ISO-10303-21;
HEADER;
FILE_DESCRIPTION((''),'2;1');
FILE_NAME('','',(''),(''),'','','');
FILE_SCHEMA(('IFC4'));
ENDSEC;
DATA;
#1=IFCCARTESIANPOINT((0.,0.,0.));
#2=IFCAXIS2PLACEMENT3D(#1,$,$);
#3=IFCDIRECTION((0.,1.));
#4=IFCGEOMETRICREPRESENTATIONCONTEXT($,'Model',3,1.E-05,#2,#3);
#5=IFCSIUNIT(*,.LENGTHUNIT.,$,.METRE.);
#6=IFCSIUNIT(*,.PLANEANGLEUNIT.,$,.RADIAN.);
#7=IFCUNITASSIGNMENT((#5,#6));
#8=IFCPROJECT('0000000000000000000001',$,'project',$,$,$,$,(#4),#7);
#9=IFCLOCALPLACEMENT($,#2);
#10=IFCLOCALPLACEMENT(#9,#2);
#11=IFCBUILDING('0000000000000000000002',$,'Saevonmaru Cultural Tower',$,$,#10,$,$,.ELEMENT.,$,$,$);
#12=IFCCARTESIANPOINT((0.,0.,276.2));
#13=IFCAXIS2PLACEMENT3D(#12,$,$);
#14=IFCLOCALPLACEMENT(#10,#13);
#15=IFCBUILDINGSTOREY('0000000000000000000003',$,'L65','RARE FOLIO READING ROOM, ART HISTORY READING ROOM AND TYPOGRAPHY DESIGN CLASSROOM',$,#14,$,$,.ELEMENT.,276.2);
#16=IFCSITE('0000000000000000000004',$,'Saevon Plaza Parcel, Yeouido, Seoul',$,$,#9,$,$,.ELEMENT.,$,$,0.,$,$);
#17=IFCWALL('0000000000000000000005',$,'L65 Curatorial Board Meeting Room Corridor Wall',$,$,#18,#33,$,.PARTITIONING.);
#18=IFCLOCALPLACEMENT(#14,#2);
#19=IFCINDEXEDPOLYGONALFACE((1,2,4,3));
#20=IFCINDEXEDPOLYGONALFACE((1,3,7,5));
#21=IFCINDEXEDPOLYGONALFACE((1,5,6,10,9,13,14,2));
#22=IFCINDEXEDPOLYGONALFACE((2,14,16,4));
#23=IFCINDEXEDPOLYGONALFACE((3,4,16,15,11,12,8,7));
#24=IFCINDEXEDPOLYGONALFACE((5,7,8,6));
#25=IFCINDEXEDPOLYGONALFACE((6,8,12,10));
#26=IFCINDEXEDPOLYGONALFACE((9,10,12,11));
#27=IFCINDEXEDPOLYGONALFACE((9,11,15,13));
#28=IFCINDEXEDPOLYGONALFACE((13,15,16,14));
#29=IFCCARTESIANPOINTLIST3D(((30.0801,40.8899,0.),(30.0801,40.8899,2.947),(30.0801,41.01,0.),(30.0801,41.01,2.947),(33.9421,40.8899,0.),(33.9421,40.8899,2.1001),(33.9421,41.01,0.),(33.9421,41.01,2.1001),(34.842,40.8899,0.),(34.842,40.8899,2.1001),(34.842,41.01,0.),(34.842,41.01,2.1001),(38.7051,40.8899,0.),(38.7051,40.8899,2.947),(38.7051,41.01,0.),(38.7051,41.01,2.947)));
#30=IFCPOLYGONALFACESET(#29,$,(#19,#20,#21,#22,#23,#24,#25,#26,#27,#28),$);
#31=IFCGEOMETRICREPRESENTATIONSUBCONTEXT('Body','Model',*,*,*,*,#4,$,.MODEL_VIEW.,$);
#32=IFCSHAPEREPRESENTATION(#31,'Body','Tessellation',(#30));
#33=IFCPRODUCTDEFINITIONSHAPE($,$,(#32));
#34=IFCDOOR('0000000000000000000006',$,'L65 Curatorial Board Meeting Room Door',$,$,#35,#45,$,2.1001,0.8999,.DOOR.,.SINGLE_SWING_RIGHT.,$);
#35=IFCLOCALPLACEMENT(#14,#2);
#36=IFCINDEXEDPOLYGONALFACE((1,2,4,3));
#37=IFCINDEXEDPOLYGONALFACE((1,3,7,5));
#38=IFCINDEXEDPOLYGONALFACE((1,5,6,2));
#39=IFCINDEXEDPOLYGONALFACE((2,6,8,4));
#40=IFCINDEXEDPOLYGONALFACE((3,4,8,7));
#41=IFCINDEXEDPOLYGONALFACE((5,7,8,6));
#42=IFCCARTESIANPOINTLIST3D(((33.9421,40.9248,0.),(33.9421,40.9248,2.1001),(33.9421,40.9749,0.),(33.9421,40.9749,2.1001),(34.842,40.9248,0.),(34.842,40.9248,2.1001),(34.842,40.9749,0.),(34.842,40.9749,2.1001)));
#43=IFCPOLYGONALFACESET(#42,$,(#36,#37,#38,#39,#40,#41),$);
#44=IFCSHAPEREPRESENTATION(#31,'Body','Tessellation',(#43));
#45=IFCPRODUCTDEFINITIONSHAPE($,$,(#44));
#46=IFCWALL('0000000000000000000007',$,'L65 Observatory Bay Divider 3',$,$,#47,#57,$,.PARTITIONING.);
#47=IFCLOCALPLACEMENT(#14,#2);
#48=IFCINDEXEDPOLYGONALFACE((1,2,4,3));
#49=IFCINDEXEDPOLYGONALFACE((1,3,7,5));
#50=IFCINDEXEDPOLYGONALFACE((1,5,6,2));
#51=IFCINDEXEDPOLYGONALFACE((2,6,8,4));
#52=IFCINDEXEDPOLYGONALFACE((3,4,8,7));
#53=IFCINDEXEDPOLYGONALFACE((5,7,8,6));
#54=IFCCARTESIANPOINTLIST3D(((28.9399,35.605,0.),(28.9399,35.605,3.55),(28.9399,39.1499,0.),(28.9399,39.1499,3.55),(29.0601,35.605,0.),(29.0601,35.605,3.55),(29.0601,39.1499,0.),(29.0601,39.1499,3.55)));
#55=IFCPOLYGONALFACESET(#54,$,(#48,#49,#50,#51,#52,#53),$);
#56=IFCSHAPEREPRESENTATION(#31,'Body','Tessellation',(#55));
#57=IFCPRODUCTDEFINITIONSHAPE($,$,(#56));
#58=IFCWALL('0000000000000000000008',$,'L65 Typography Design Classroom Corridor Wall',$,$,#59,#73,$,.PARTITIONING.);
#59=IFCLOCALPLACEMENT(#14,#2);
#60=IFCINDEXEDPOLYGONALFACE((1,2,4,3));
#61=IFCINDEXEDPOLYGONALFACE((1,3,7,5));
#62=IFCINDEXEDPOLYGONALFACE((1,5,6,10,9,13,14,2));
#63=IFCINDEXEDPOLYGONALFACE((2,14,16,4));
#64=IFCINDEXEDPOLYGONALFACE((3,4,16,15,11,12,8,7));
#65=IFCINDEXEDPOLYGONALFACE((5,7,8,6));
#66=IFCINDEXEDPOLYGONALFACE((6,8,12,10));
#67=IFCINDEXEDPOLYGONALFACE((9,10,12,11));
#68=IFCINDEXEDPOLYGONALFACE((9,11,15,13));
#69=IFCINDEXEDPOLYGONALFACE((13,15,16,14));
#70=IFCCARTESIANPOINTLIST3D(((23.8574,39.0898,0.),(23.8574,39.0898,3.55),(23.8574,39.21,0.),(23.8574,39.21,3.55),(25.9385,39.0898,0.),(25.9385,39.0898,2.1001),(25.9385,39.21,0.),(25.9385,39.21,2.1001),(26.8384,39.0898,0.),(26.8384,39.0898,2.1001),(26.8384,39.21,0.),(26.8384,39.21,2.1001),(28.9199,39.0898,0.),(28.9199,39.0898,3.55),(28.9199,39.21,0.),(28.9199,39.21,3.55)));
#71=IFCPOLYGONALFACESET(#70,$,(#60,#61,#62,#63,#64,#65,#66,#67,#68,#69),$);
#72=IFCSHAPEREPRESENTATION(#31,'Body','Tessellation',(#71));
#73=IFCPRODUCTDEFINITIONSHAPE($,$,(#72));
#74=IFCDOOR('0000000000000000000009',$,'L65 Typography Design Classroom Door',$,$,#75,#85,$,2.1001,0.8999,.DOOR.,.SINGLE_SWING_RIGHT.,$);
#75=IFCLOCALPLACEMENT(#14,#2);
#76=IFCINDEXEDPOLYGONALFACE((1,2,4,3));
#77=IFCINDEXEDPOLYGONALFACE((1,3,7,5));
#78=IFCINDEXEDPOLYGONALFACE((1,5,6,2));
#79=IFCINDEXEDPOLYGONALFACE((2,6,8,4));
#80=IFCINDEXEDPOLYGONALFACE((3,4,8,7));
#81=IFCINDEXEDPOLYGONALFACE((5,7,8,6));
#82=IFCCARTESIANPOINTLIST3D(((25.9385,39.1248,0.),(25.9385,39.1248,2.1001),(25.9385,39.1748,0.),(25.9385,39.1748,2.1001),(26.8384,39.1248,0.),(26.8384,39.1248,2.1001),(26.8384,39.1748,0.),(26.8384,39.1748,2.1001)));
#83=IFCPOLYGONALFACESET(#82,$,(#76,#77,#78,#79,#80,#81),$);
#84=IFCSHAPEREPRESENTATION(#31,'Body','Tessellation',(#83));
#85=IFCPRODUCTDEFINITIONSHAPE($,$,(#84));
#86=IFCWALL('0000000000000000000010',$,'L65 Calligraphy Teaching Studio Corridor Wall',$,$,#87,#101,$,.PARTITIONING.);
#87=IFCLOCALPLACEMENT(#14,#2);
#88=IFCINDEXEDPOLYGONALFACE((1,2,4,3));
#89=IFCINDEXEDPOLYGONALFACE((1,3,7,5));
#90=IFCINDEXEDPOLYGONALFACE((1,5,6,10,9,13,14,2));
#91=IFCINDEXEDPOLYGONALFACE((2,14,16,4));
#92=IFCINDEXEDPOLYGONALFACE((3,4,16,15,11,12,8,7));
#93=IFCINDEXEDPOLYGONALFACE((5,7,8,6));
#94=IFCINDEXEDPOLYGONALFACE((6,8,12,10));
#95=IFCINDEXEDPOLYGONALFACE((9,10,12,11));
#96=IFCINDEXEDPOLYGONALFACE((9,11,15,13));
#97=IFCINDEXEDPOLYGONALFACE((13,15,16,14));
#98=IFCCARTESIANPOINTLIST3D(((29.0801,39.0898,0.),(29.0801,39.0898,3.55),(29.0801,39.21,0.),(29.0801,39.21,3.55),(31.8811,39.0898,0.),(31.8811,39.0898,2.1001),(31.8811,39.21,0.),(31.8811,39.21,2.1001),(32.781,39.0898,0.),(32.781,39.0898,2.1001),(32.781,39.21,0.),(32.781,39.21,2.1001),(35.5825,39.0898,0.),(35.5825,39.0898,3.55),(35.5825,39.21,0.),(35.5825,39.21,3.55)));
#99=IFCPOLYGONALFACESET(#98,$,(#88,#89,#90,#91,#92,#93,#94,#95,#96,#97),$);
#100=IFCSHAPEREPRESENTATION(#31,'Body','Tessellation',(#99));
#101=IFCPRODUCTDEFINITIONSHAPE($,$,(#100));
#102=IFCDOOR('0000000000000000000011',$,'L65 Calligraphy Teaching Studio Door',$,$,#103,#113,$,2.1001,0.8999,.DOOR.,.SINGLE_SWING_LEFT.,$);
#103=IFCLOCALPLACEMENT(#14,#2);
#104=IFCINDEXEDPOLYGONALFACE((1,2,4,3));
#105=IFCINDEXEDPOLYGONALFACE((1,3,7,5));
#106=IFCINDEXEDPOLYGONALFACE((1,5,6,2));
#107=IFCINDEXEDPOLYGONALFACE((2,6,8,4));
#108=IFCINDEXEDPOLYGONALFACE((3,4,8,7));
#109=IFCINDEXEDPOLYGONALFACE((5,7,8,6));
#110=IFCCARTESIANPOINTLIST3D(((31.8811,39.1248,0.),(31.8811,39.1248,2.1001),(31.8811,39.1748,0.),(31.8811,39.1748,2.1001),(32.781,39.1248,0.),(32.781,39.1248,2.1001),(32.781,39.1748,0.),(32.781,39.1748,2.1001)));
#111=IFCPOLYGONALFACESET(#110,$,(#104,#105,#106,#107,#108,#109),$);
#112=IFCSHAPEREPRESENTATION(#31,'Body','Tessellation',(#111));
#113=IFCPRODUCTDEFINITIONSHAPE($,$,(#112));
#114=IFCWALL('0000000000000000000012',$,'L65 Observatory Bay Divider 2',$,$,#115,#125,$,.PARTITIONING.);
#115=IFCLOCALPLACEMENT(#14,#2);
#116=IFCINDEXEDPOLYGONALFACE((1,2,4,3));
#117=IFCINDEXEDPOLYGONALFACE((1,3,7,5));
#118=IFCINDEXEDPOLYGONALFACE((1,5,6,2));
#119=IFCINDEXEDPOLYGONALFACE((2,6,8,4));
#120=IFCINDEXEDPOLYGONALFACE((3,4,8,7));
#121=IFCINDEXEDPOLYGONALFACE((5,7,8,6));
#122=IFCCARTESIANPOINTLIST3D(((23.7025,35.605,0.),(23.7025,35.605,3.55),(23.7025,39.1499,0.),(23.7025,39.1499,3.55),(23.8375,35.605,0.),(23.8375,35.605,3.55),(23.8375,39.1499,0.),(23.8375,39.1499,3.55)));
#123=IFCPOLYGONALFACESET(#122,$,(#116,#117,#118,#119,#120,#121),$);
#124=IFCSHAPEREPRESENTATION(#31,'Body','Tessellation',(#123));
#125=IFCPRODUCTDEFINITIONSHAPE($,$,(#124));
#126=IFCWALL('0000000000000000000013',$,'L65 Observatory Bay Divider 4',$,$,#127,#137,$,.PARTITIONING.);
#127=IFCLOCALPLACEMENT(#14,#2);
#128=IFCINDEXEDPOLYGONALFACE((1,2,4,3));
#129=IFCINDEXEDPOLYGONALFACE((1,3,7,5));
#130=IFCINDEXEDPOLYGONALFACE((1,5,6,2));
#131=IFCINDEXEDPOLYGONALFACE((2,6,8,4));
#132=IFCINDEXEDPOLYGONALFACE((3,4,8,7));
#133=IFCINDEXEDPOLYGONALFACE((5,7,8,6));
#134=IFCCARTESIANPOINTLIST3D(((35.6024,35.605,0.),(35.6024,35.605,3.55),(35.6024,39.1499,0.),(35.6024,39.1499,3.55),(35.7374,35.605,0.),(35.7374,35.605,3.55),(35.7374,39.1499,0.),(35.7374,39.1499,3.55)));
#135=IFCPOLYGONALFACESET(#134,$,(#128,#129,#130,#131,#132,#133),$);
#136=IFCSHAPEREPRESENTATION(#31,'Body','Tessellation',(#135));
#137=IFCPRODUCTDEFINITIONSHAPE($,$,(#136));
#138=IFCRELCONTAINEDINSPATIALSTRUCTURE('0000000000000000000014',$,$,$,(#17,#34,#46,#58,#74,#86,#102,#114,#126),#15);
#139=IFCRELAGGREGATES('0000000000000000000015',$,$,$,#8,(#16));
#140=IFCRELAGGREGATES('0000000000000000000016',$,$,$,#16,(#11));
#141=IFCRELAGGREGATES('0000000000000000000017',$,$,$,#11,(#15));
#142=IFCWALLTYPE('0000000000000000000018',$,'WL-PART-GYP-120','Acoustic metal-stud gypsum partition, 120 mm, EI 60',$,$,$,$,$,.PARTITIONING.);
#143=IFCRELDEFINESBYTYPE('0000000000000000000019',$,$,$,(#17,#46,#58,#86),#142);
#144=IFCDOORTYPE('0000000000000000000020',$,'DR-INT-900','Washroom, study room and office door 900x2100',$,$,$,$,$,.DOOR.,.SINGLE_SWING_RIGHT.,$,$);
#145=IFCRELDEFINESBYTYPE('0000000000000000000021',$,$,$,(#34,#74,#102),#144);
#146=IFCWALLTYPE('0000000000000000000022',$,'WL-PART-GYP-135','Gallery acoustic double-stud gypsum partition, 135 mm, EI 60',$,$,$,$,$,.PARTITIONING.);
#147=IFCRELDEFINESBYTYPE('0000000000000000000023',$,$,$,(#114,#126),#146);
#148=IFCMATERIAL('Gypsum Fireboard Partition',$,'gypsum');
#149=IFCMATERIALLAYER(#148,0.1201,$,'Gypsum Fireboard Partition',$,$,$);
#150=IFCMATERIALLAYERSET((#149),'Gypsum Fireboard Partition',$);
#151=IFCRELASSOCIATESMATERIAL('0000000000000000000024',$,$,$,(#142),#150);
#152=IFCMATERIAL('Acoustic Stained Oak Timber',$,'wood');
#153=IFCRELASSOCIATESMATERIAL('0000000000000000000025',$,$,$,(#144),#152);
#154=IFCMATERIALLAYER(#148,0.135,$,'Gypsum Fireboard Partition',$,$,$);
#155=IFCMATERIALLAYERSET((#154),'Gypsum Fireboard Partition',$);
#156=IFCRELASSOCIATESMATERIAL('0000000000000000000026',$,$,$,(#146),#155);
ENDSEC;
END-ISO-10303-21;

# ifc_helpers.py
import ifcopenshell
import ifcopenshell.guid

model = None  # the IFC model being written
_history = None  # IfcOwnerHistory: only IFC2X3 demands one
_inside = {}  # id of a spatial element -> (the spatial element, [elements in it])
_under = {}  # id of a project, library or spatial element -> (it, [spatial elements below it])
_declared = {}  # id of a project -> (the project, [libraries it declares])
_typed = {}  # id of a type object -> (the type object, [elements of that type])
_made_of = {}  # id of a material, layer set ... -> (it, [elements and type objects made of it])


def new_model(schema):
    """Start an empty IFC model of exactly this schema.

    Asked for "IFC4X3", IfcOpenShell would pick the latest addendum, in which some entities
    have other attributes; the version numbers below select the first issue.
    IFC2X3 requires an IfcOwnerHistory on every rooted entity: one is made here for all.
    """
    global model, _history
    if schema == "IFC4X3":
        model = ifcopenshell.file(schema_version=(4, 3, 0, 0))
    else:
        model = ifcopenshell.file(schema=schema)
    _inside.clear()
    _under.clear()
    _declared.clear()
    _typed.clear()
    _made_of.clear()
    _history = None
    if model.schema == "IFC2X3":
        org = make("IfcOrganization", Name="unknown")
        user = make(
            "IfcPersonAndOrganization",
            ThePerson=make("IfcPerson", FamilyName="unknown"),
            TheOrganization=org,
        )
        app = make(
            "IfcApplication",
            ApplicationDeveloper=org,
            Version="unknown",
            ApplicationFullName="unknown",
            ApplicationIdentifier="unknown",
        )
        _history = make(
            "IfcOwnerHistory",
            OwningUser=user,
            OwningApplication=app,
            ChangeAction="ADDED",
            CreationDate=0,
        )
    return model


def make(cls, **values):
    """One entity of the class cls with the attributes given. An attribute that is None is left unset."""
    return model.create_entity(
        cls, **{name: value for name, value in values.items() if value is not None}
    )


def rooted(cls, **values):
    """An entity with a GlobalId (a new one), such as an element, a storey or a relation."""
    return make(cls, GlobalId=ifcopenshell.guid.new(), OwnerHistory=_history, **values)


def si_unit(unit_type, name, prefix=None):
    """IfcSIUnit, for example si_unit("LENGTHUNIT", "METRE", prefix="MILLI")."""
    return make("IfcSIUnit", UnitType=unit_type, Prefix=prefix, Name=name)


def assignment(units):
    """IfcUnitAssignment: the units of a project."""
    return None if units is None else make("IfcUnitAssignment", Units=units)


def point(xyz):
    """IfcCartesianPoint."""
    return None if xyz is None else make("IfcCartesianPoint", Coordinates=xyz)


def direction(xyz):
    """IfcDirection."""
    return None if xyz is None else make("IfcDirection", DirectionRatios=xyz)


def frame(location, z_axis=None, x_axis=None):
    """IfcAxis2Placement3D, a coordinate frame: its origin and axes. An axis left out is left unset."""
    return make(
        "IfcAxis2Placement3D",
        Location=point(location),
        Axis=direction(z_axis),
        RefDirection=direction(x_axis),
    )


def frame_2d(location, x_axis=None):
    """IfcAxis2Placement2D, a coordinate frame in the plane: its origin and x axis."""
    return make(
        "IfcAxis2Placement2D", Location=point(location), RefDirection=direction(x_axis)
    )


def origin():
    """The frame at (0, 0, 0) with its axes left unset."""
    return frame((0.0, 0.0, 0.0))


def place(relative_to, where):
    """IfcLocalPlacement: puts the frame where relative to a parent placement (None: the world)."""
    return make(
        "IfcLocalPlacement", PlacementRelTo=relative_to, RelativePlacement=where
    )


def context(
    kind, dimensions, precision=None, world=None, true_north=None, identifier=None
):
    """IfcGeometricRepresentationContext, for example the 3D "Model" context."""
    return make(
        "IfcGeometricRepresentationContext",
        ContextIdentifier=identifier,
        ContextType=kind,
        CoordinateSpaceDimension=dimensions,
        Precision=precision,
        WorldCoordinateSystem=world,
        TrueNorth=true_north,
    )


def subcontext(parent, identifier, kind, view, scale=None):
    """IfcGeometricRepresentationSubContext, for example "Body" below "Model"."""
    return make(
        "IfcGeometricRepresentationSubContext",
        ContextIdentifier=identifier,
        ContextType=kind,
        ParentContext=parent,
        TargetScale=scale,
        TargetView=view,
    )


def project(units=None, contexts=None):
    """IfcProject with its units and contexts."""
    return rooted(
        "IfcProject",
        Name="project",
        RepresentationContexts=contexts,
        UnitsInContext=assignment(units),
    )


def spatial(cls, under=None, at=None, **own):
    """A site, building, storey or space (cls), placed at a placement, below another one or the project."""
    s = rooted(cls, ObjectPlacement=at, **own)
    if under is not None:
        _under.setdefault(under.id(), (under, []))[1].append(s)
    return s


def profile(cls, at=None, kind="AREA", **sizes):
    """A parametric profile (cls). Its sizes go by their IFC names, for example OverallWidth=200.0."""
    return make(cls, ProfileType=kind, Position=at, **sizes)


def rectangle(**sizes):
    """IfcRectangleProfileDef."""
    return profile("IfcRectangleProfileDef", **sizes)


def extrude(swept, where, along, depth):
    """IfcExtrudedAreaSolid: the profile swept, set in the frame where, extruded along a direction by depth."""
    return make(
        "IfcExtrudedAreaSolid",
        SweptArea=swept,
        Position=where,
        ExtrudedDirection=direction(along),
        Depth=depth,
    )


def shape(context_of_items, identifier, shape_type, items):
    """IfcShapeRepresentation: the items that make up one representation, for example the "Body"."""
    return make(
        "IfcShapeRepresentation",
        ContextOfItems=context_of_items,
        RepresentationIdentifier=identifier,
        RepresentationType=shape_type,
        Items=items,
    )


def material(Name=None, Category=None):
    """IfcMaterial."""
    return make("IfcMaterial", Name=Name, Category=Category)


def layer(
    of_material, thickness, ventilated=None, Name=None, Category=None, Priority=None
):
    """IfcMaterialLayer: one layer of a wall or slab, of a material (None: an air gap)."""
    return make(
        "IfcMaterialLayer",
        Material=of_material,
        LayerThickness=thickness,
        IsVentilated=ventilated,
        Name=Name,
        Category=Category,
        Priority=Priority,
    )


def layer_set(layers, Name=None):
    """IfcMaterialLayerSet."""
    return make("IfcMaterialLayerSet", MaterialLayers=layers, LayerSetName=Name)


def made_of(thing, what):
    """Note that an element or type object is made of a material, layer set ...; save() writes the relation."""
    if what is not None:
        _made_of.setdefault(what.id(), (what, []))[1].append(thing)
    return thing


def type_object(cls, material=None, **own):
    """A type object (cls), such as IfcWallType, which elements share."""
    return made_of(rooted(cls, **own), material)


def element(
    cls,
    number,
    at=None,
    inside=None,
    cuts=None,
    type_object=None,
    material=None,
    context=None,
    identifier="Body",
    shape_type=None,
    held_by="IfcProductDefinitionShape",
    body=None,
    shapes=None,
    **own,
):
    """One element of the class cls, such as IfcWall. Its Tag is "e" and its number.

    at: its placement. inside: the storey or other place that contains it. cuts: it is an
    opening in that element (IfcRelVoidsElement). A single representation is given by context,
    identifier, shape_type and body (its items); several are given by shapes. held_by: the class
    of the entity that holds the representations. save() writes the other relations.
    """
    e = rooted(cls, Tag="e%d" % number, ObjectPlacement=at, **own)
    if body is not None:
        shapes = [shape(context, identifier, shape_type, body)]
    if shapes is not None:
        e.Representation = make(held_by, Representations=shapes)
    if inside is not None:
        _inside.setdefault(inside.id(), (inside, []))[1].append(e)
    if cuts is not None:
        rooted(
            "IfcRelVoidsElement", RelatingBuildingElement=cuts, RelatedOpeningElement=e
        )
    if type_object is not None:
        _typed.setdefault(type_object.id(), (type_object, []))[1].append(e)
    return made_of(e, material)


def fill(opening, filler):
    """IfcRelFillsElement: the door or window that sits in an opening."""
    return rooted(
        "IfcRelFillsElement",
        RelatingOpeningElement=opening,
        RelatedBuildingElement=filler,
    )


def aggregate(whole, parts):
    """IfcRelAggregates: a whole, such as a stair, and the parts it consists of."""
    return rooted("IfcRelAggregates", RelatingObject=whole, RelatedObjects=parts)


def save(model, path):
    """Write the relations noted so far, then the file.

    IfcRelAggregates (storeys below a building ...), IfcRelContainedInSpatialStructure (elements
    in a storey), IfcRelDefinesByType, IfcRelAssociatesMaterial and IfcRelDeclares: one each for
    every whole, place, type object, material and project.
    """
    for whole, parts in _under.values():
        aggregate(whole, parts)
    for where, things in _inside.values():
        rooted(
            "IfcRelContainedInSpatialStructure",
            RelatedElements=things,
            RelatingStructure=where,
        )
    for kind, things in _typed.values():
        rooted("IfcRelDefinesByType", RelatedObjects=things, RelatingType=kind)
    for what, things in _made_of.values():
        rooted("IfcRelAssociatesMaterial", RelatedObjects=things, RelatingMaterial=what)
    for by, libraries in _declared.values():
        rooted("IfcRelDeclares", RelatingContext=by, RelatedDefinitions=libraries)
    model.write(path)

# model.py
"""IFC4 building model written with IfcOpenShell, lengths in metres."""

from ifc_helpers import new_model, si_unit, direction, frame, frame_2d, origin, place, context, subcontext, project, spatial, rectangle, extrude, material, layer, layer_set, type_object, element, fill, save


model = new_model("IFC4")

# Units and contexts
model_context = context("Model", 3, precision=1e-05, world=origin(), true_north=direction((0.0, 1.0)))
body_context = subcontext(model_context, "Body", "Model", "MODEL_VIEW")
ifc_project = project(units=[si_unit("LENGTHUNIT", "METRE"), si_unit("PLANEANGLEUNIT", "RADIAN")], contexts=[model_context])

# Site, building, storey
site_placement = place(None, origin())
site = spatial("IfcSite", under=ifc_project, at=site_placement, Name="Saevon Plaza Parcel, Yeouido, Seoul", CompositionType="ELEMENT", RefElevation=0.0)
building_placement = place(site_placement, origin())
building = spatial("IfcBuilding", under=site, at=building_placement, Name="Saevonmaru Cultural Tower", CompositionType="ELEMENT")
storey_placement = place(building_placement, frame((0.0, 0.0, 276.2)))
storey = spatial("IfcBuildingStorey", under=building, at=storey_placement, Name="L65", Description="RARE FOLIO READING ROOM, ART HISTORY READING ROOM AND TYPOGRAPHY DESIGN CLASSROOM", CompositionType="ELEMENT", Elevation=276.2)

# Shared definitions
ifc_material_1 = material(Name="Gypsum Fireboard Partition", Category="gypsum")
ifc_layer_1 = layer(ifc_material_1, 0.1201, Name="Gypsum Fireboard Partition")
ifc_layer_set_1 = layer_set([ifc_layer_1], Name="Gypsum Fireboard Partition")
wall_type_1 = type_object("IfcWallType", Name="WL-PART-GYP-120", Description="Acoustic metal-stud gypsum partition, 120 mm, EI 60", PredefinedType="PARTITIONING", material=ifc_layer_set_1)

# Wall, opening, door
wall_1_placement = place(storey_placement, frame((30.0801, 40.95, 0.0), z_axis=(0.0, 0.0, 1.0), x_axis=(1.0, 0.0, 0.0)))
wall_1 = element("IfcWall", 1, at=wall_1_placement, inside=storey, type_object=wall_type_1, Name="L65 Curatorial Board Meeting Room Corridor Wall", PredefinedType="PARTITIONING", context=body_context, shape_type="SweptSolid", body=[
    extrude(rectangle(XDim=8.625, YDim=0.1201, at=frame_2d((4.3125, 0.0))), origin(), (0.0, 0.0, 1.0), 2.947),
])
opening_1_placement = place(wall_1_placement, frame((3.8621, 0.0, 0.0)))
opening_1 = element("IfcOpeningElement", 2, at=opening_1_placement, cuts=wall_1, PredefinedType="OPENING", context=body_context, shape_type="SweptSolid", body=[
    extrude(rectangle(XDim=0.8999, YDim=2.1001, at=frame_2d((0.45, 1.05))), frame((0.0, 0.0701, 0.0), z_axis=(0.0, -1.0, 0.0), x_axis=(1.0, 0.0, 0.0)), (0.0, 0.0, 1.0), 0.1401),
])
ifc_material_2 = material(Name="Acoustic Stained Oak Timber", Category="wood")
door_type_1 = type_object("IfcDoorType", Name="DR-INT-900", Description="Washroom, study room and office door 900x2100", OperationType="SINGLE_SWING_RIGHT", PredefinedType="DOOR", material=ifc_material_2)
door_1_placement = place(opening_1_placement, origin())
door_1 = element("IfcDoor", 3, at=door_1_placement, inside=storey, type_object=door_type_1, Name="L65 Curatorial Board Meeting Room Door", OperationType="SINGLE_SWING_RIGHT", OverallHeight=2.1001, OverallWidth=0.8999, PredefinedType="DOOR", context=body_context, shape_type="SweptSolid", body=[
    extrude(rectangle(XDim=0.8999, YDim=2.1001, at=frame_2d((0.45, 1.05))), frame((0.0, 0.0249, 0.0), z_axis=(0.0, -1.0, 0.0), x_axis=(1.0, 0.0, 0.0)), (0.0, 0.0, 1.0), 0.05),
])
fill(opening_1, door_1)

# Wall
wall_2_placement = place(storey_placement, frame((29.0, 35.605, 0.0), z_axis=(0.0, 0.0, 1.0), x_axis=(0.0, 1.0, 0.0)))
element("IfcWall", 4, at=wall_2_placement, inside=storey, type_object=wall_type_1, Name="L65 Observatory Bay Divider 3", PredefinedType="PARTITIONING", context=body_context, shape_type="SweptSolid", body=[
    extrude(rectangle(XDim=3.5449, YDim=0.1201, at=frame_2d((1.7725, 0.0))), origin(), (0.0, 0.0, 1.0), 3.55),
])

# Walls, openings, doors
wall_3_placement = place(storey_placement, frame((23.8574, 39.1499, 0.0), z_axis=(0.0, 0.0, 1.0), x_axis=(1.0, 0.0, 0.0)))
wall_3 = element("IfcWall", 5, at=wall_3_placement, inside=storey, type_object=wall_type_1, Name="L65 Typography Design Classroom Corridor Wall", PredefinedType="PARTITIONING", context=body_context, shape_type="SweptSolid", body=[
    extrude(rectangle(XDim=5.0625, YDim=0.1201, at=frame_2d((2.5312, 0.0))), origin(), (0.0, 0.0, 1.0), 3.55),
])
opening_2_placement = place(wall_3_placement, frame((2.0811, 0.0, 0.0)))
opening_2 = element("IfcOpeningElement", 6, at=opening_2_placement, cuts=wall_3, PredefinedType="OPENING", context=body_context, shape_type="SweptSolid", body=[
    extrude(rectangle(XDim=0.8999, YDim=2.1001, at=frame_2d((0.45, 1.05))), frame((0.0, 0.0701, 0.0), z_axis=(0.0, -1.0, 0.0), x_axis=(1.0, 0.0, 0.0)), (0.0, 0.0, 1.0), 0.1401),
])
door_2_placement = place(opening_2_placement, origin())
door_2 = element("IfcDoor", 7, at=door_2_placement, inside=storey, type_object=door_type_1, Name="L65 Typography Design Classroom Door", OperationType="SINGLE_SWING_RIGHT", OverallHeight=2.1001, OverallWidth=0.8999, PredefinedType="DOOR", context=body_context, shape_type="SweptSolid", body=[
    extrude(rectangle(XDim=0.8999, YDim=2.1001, at=frame_2d((0.45, 1.05))), frame((0.0, 0.0249, 0.0), z_axis=(0.0, -1.0, 0.0), x_axis=(1.0, 0.0, 0.0)), (0.0, 0.0, 1.0), 0.05),
])
fill(opening_2, door_2)
wall_4_placement = place(storey_placement, frame((29.0801, 39.1499, 0.0), z_axis=(0.0, 0.0, 1.0), x_axis=(1.0, 0.0, 0.0)))
wall_4 = element("IfcWall", 8, at=wall_4_placement, inside=storey, type_object=wall_type_1, Name="L65 Calligraphy Teaching Studio Corridor Wall", PredefinedType="PARTITIONING", context=body_context, shape_type="SweptSolid", body=[
    extrude(rectangle(XDim=6.5024, YDim=0.1201, at=frame_2d((3.2512, 0.0))), origin(), (0.0, 0.0, 1.0), 3.55),
])
opening_3_placement = place(wall_4_placement, frame((2.801, 0.0, 0.0)))
opening_3 = element("IfcOpeningElement", 9, at=opening_3_placement, cuts=wall_4, PredefinedType="OPENING", context=body_context, shape_type="SweptSolid", body=[
    extrude(rectangle(XDim=0.8999, YDim=2.1001, at=frame_2d((0.45, 1.05))), frame((0.0, 0.0701, 0.0), z_axis=(0.0, -1.0, 0.0), x_axis=(1.0, 0.0, 0.0)), (0.0, 0.0, 1.0), 0.1401),
])
door_3_placement = place(opening_3_placement, origin())
door_3 = element("IfcDoor", 10, at=door_3_placement, inside=storey, type_object=door_type_1, Name="L65 Calligraphy Teaching Studio Door", OperationType="SINGLE_SWING_LEFT", OverallHeight=2.1001, OverallWidth=0.8999, PredefinedType="DOOR", context=body_context, shape_type="SweptSolid", body=[
    extrude(rectangle(XDim=0.8999, YDim=2.1001, at=frame_2d((0.45, 1.05))), frame((0.0, 0.0249, 0.0), z_axis=(0.0, -1.0, 0.0), x_axis=(1.0, 0.0, 0.0)), (0.0, 0.0, 1.0), 0.05),
])
fill(opening_3, door_3)

# Walls
ifc_layer_2 = layer(ifc_material_1, 0.135, Name="Gypsum Fireboard Partition")
ifc_layer_set_2 = layer_set([ifc_layer_2], Name="Gypsum Fireboard Partition")
wall_type_2 = type_object("IfcWallType", Name="WL-PART-GYP-135", Description="Gallery acoustic double-stud gypsum partition, 135 mm, EI 60", PredefinedType="PARTITIONING", material=ifc_layer_set_2)
for number, where, z_axis, x_axis, name in (
    (11, (23.77, 35.605, 0.0), (0.0, 0.0, 1.0), (0.0, 1.0, 0.0), "L65 Observatory Bay Divider 2"),
    (12, (35.6699, 35.605, 0.0), (0.0, 0.0, 1.0), (0.0, 1.0, 0.0), "L65 Observatory Bay Divider 4"),
):
    element("IfcWall", number, at=place(storey_placement, frame(where, z_axis=z_axis, x_axis=x_axis)), inside=storey, type_object=wall_type_2, Name=name, PredefinedType="PARTITIONING", context=body_context, shape_type="SweptSolid", body=[
        extrude(rectangle(XDim=3.5449, YDim=0.135, at=frame_2d((1.7725, 0.0))), origin(), (0.0, 0.0, 1.0), 3.55),
    ])

save(model, "model.ifc")
